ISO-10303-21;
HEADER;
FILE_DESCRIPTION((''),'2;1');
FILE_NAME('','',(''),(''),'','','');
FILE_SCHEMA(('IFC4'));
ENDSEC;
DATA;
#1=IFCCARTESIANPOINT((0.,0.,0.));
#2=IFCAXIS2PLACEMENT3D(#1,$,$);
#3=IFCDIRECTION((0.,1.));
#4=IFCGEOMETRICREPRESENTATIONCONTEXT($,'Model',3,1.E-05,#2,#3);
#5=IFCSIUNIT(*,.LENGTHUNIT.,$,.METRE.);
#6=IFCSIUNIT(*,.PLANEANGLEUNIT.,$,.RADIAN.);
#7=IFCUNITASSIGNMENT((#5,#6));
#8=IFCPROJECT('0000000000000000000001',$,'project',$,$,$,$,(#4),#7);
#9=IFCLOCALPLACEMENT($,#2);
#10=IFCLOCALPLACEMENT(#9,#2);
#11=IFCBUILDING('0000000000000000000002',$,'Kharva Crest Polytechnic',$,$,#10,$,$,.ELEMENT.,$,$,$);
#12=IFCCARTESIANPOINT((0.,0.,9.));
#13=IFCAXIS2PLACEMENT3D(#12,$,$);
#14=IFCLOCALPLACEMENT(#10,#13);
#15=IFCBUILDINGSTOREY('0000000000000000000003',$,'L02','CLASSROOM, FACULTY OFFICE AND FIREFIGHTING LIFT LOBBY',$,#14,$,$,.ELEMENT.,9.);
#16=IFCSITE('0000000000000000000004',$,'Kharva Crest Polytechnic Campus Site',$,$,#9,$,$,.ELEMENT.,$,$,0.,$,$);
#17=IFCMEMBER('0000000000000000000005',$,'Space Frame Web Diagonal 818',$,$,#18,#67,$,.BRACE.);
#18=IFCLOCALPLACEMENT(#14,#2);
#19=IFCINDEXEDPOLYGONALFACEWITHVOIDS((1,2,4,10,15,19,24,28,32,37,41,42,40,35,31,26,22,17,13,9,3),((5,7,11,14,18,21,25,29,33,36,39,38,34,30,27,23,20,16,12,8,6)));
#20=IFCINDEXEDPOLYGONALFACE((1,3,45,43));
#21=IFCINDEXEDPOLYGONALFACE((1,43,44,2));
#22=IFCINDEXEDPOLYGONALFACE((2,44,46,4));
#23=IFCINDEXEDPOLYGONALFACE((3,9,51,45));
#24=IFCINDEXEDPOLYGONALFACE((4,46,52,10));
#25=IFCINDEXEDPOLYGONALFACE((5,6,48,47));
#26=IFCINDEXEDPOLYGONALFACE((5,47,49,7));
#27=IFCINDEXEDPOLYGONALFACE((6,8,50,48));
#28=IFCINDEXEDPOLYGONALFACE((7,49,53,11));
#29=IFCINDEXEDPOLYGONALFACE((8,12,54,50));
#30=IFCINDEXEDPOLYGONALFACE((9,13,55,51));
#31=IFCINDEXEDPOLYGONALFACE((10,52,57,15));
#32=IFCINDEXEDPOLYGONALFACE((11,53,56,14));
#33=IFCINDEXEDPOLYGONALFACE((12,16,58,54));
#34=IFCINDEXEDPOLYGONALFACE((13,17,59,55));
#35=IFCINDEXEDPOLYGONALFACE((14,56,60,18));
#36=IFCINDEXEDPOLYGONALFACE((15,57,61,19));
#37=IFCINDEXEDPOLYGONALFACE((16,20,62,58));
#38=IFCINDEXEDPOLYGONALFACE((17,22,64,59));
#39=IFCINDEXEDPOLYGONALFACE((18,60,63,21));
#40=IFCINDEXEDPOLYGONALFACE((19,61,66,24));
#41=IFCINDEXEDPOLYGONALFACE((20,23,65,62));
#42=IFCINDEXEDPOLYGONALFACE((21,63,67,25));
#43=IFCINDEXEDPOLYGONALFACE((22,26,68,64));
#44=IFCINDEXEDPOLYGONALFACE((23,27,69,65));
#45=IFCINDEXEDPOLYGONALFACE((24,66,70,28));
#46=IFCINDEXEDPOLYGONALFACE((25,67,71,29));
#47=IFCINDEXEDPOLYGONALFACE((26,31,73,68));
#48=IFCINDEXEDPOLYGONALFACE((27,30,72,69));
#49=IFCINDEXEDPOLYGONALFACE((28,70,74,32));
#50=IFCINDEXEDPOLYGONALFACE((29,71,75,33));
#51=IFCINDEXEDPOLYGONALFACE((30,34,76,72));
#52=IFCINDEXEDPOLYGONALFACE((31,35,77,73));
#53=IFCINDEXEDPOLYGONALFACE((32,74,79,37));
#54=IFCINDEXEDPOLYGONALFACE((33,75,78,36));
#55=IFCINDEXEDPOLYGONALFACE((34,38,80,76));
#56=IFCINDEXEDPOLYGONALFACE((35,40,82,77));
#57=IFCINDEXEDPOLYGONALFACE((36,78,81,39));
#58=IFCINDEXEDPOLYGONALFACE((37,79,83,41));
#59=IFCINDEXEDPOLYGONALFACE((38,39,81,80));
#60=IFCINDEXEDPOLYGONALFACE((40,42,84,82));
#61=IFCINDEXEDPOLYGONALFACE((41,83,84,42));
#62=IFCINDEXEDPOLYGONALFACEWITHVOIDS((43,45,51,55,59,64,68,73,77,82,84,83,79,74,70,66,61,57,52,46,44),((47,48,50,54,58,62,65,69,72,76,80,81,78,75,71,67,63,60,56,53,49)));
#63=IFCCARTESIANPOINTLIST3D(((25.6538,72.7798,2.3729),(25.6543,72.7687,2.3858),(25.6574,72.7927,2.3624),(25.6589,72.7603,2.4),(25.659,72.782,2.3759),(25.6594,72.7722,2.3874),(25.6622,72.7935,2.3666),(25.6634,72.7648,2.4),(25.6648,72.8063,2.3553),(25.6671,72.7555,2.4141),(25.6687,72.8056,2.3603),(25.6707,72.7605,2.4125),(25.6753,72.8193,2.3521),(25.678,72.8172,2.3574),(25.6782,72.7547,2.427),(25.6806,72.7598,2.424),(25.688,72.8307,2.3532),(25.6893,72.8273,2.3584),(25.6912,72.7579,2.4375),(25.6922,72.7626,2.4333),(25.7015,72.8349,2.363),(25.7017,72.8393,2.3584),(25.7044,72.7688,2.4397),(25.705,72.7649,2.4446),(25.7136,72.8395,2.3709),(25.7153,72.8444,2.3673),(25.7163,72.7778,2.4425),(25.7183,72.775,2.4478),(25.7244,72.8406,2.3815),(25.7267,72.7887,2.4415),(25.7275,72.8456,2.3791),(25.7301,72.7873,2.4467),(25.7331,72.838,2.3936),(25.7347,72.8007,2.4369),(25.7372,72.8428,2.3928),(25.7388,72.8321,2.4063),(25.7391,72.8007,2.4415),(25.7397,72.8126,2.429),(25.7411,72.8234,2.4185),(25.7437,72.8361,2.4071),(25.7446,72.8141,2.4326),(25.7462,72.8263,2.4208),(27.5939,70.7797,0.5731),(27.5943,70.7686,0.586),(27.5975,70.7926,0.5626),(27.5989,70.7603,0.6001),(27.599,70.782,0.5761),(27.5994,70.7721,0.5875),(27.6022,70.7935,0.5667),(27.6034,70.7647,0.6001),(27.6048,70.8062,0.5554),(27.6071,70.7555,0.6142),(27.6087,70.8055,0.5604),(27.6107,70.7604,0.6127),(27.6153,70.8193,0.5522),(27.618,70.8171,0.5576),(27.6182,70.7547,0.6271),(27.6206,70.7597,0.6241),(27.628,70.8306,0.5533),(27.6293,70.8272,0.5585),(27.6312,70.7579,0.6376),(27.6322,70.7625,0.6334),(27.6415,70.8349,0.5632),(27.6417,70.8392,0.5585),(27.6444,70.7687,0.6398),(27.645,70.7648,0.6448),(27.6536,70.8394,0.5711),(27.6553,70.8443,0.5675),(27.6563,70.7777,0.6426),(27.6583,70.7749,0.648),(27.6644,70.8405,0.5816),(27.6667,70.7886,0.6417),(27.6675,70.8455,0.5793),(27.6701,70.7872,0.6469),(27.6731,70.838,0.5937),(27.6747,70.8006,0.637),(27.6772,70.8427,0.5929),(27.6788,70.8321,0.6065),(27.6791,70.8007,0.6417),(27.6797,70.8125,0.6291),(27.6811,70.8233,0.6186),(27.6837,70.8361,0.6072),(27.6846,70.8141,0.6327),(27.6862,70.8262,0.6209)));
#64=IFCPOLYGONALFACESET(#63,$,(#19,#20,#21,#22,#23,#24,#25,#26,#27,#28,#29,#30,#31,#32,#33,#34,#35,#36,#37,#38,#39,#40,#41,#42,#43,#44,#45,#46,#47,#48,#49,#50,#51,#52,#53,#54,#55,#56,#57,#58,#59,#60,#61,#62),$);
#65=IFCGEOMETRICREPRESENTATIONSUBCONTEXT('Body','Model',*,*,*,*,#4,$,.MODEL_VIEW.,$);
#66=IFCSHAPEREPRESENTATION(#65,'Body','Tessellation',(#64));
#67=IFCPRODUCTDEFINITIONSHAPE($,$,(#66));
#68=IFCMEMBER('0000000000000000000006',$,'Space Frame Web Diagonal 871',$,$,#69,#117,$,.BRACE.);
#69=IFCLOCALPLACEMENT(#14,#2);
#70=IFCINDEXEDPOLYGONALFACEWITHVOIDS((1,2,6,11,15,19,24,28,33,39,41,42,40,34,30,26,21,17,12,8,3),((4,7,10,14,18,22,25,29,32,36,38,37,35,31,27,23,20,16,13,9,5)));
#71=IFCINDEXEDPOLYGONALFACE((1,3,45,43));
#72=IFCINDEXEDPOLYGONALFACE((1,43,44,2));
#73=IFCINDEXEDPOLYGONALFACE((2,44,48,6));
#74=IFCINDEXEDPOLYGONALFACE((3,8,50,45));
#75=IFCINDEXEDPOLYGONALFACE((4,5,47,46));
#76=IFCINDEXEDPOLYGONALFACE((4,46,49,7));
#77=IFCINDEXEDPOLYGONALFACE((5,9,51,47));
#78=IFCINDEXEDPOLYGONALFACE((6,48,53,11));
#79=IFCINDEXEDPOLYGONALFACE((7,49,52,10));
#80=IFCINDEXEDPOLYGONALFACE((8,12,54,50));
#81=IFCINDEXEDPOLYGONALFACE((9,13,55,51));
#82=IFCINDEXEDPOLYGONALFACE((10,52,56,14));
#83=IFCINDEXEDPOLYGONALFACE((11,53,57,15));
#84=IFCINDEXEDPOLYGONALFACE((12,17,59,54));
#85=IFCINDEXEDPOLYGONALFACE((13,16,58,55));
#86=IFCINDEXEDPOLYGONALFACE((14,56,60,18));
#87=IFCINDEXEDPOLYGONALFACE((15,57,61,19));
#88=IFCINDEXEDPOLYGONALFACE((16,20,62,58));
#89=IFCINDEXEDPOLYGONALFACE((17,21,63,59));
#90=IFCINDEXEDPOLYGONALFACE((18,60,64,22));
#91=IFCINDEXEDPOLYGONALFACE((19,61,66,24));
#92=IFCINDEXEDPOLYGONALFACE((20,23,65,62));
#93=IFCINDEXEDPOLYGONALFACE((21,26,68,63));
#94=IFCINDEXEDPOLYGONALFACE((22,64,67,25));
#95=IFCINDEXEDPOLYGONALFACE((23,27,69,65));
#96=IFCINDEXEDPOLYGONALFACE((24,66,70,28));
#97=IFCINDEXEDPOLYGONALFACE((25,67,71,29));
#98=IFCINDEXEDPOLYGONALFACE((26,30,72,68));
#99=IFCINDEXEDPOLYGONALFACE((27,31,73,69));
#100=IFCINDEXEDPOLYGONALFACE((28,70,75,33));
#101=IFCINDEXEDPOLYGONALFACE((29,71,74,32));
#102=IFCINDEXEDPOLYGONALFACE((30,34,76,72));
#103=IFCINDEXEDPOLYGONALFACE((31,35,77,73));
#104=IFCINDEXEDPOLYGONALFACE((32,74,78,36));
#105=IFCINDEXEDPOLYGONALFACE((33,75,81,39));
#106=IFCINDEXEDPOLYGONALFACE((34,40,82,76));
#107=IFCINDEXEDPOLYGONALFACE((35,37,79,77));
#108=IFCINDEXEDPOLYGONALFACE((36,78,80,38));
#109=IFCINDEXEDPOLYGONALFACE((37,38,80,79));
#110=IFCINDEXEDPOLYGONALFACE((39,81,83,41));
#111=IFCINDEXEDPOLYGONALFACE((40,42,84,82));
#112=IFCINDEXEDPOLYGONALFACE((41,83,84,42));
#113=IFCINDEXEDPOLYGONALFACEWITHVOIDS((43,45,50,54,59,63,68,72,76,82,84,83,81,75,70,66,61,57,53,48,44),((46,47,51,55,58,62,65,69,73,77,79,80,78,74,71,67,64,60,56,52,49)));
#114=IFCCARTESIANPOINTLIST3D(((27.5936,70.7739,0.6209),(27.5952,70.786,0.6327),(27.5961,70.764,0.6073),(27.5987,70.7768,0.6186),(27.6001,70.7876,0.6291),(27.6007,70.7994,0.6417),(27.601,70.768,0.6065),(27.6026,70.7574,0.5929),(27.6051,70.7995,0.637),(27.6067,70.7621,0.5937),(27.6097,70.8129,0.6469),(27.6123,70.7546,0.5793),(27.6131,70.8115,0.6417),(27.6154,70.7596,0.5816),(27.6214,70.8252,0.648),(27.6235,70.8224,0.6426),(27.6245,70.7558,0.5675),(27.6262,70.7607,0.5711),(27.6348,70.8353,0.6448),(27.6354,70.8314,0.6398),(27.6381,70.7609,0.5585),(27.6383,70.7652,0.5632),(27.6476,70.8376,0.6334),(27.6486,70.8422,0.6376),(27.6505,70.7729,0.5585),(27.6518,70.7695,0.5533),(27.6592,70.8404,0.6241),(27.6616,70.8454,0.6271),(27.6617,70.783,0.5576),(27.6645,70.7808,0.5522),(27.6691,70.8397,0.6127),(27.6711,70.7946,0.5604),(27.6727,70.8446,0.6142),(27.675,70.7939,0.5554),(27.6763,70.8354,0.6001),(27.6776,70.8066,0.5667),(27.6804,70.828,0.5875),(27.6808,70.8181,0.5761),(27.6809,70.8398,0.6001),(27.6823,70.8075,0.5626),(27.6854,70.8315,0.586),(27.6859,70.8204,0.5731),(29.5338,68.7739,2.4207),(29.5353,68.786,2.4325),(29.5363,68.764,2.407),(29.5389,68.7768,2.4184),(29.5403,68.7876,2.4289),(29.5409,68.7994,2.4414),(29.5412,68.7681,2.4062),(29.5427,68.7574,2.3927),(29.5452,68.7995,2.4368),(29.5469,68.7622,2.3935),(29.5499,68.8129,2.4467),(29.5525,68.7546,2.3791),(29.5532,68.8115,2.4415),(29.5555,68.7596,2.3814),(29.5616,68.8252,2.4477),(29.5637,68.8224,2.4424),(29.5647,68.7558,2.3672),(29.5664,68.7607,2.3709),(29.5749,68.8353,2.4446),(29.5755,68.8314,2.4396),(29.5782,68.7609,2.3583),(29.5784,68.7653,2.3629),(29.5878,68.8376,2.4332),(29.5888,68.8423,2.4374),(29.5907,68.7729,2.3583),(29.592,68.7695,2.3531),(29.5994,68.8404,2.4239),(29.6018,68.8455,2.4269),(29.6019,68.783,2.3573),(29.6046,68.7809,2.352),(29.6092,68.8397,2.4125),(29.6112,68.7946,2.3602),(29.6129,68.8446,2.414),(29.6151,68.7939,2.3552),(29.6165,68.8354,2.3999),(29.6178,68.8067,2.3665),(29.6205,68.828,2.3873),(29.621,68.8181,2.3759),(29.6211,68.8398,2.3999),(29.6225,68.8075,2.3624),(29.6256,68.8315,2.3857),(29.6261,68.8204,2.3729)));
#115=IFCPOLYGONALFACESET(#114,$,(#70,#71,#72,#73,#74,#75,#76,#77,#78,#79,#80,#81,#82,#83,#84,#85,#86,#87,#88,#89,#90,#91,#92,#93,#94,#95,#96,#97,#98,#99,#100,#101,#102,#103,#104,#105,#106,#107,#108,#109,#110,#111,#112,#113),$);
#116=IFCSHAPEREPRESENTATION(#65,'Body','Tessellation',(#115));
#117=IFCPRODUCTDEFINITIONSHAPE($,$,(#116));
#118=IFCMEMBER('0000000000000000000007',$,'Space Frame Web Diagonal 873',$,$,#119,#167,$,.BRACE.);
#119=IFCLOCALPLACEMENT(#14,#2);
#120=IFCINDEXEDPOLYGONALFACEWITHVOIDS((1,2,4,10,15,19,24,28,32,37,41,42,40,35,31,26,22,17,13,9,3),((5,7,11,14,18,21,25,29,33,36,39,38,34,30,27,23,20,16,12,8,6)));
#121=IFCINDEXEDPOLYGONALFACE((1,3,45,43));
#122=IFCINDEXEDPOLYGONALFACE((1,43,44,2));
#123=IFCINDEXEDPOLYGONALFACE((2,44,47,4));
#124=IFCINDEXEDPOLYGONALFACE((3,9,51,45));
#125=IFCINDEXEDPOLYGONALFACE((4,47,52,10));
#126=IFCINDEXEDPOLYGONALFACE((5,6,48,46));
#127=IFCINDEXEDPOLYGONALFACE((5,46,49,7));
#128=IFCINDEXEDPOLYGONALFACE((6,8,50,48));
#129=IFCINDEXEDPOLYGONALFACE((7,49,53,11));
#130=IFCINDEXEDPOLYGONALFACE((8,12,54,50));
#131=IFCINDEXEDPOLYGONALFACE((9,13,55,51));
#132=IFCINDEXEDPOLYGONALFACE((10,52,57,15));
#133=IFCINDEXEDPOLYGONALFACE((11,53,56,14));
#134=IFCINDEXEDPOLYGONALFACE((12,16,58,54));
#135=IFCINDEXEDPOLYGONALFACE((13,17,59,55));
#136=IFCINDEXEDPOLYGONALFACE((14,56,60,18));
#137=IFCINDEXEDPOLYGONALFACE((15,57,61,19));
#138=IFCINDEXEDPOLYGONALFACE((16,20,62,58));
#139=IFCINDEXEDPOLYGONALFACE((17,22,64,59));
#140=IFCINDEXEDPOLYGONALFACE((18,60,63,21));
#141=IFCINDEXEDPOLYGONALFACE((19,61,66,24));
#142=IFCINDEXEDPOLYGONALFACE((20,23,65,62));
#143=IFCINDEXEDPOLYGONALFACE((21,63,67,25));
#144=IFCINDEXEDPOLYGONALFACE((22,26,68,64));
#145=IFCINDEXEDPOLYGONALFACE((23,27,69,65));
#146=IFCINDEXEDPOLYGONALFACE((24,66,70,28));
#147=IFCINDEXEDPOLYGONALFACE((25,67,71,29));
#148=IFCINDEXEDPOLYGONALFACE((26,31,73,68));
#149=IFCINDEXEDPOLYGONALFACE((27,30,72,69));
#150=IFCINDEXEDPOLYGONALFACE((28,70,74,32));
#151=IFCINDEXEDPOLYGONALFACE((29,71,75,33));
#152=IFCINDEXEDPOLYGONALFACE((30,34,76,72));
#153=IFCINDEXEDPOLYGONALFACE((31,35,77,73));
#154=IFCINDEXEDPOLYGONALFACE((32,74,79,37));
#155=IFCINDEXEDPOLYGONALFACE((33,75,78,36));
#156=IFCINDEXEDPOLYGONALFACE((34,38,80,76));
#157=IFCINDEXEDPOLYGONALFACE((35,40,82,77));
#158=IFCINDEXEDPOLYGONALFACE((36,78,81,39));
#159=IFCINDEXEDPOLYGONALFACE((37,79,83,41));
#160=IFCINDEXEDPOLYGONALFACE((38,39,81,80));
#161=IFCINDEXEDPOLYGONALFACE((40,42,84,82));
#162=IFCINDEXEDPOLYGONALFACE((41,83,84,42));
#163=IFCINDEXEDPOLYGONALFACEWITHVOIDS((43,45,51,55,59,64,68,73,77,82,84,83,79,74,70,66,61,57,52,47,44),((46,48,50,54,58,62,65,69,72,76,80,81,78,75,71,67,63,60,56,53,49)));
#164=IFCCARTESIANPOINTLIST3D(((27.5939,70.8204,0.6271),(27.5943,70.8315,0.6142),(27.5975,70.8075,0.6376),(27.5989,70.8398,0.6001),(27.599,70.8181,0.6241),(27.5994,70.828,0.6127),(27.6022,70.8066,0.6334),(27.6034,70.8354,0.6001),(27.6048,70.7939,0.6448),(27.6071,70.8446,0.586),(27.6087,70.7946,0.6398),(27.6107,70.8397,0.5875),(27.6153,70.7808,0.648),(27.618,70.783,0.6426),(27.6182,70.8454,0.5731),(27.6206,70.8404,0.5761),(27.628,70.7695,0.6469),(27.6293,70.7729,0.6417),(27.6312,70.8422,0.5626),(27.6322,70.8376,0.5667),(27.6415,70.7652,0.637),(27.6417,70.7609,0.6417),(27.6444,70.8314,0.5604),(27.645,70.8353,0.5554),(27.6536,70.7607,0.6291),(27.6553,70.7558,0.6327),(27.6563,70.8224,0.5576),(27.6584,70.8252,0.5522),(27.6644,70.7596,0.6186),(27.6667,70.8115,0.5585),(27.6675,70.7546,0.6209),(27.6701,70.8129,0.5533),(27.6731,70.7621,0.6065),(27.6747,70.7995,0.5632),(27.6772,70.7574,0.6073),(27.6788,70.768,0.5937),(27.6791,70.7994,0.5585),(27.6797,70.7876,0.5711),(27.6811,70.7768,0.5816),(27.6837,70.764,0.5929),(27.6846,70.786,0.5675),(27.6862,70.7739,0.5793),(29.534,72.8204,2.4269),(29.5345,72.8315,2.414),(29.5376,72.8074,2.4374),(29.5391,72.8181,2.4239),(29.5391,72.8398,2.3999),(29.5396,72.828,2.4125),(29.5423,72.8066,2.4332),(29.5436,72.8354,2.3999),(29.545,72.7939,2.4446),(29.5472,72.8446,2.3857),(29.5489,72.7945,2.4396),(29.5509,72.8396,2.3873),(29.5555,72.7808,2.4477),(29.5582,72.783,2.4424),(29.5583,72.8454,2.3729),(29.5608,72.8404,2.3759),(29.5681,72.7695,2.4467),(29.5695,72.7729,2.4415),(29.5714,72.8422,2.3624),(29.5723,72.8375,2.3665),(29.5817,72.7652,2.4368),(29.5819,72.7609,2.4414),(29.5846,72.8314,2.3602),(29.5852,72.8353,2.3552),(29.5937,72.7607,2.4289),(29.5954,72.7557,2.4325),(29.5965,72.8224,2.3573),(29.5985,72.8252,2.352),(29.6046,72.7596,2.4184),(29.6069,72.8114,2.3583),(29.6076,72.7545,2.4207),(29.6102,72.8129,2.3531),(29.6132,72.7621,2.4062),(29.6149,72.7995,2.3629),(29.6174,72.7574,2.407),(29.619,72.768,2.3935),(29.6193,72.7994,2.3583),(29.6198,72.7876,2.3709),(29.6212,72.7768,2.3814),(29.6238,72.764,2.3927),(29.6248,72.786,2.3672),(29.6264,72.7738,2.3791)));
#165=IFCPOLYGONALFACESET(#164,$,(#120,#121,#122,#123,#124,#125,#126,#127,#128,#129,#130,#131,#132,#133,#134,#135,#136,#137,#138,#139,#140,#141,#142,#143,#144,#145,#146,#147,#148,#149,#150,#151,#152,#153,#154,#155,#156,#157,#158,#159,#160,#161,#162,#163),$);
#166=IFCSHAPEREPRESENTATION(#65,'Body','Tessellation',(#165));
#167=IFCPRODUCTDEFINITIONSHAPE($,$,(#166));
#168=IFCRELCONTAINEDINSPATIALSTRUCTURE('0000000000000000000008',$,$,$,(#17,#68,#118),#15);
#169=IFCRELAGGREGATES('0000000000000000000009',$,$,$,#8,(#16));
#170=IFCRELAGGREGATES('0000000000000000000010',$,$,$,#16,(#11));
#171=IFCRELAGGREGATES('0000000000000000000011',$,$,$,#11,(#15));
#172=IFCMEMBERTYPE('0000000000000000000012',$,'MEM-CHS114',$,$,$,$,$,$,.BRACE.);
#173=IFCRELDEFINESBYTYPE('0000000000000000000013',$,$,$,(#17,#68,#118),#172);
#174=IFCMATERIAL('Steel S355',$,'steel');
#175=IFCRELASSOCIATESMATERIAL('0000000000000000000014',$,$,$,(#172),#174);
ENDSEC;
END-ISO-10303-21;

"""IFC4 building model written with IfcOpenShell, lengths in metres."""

from ifc_helpers import new_model, si_unit, direction, frame, origin, origin_2d, place, context, subcontext, project, spatial, hollow_circle, extrude, material, material_profile, profile_set, type_object, element, save


model = new_model("IFC4")

# Units and contexts
model_context = context("Model", 3, precision=1e-05, world=origin(), true_north=direction((0.0, 1.0)))
body_context = subcontext(model_context, "Body", "Model", "MODEL_VIEW")
ifc_project = project(units=[si_unit("LENGTHUNIT", "METRE"), si_unit("PLANEANGLEUNIT", "RADIAN")], contexts=[model_context])

# Site, building, storey
site_placement = place(None, origin())
site = spatial("IfcSite", under=ifc_project, at=site_placement, Name="Kharva Crest Polytechnic Campus Site", CompositionType="ELEMENT", RefElevation=0.0)
building_placement = place(site_placement, origin())
building = spatial("IfcBuilding", under=site, at=building_placement, Name="Kharva Crest Polytechnic", CompositionType="ELEMENT")
storey_placement = place(building_placement, frame((0.0, 0.0, 9.0)))
storey = spatial("IfcBuildingStorey", under=building, at=storey_placement, Name="L02", Description="CLASSROOM, FACULTY OFFICE AND FIREFIGHTING LIFT LOBBY", CompositionType="ELEMENT", Elevation=9.0)

# Shared definitions
ifc_material_1 = material(Name="Steel S355", Category="steel")

# Members
ifc_material_profile_1 = material_profile(ifc_material_1, hollow_circle(Radius=0.0571, WallThickness=0.0063, at=origin_2d()), Name="CHS 114.3X6.3")
ifc_profile_set_1 = profile_set([ifc_material_profile_1], Name="Steel S355")
member_type_1 = type_object("IfcMemberType", Name="MEM-CHS114", PredefinedType="BRACE", material=ifc_profile_set_1)
for number, where, z_axis, x_axis, name in (
    (1, (27.6399, 70.8, 0.6001), (-0.584843, 0.60295, 0.542596), (-0.717802, -0.696247, 0.0), "Space Frame Web Diagonal 818"),
    (2, (27.6399, 70.8, 0.6001), (0.584892, -0.602924, 0.542572), (0.717758, 0.696292, 0.0), "Space Frame Web Diagonal 871"),
    (3, (27.6399, 70.8, 0.6001), (0.584892, 0.602924, 0.542572), (-0.717758, 0.696292, 0.0), "Space Frame Web Diagonal 873"),
):
    element("IfcMember", number, at=place(storey_placement, frame(where, z_axis=z_axis, x_axis=x_axis)), inside=storey, type_object=member_type_1, Name=name, PredefinedType="BRACE", context=body_context, shape_type="SweptSolid", body=[
        extrude(hollow_circle(Radius=0.0571, WallThickness=0.0063, at=origin_2d()), origin(), (0.0, 0.0, 1.0), 3.3171),
    ])

save(model, "model.ifc")
